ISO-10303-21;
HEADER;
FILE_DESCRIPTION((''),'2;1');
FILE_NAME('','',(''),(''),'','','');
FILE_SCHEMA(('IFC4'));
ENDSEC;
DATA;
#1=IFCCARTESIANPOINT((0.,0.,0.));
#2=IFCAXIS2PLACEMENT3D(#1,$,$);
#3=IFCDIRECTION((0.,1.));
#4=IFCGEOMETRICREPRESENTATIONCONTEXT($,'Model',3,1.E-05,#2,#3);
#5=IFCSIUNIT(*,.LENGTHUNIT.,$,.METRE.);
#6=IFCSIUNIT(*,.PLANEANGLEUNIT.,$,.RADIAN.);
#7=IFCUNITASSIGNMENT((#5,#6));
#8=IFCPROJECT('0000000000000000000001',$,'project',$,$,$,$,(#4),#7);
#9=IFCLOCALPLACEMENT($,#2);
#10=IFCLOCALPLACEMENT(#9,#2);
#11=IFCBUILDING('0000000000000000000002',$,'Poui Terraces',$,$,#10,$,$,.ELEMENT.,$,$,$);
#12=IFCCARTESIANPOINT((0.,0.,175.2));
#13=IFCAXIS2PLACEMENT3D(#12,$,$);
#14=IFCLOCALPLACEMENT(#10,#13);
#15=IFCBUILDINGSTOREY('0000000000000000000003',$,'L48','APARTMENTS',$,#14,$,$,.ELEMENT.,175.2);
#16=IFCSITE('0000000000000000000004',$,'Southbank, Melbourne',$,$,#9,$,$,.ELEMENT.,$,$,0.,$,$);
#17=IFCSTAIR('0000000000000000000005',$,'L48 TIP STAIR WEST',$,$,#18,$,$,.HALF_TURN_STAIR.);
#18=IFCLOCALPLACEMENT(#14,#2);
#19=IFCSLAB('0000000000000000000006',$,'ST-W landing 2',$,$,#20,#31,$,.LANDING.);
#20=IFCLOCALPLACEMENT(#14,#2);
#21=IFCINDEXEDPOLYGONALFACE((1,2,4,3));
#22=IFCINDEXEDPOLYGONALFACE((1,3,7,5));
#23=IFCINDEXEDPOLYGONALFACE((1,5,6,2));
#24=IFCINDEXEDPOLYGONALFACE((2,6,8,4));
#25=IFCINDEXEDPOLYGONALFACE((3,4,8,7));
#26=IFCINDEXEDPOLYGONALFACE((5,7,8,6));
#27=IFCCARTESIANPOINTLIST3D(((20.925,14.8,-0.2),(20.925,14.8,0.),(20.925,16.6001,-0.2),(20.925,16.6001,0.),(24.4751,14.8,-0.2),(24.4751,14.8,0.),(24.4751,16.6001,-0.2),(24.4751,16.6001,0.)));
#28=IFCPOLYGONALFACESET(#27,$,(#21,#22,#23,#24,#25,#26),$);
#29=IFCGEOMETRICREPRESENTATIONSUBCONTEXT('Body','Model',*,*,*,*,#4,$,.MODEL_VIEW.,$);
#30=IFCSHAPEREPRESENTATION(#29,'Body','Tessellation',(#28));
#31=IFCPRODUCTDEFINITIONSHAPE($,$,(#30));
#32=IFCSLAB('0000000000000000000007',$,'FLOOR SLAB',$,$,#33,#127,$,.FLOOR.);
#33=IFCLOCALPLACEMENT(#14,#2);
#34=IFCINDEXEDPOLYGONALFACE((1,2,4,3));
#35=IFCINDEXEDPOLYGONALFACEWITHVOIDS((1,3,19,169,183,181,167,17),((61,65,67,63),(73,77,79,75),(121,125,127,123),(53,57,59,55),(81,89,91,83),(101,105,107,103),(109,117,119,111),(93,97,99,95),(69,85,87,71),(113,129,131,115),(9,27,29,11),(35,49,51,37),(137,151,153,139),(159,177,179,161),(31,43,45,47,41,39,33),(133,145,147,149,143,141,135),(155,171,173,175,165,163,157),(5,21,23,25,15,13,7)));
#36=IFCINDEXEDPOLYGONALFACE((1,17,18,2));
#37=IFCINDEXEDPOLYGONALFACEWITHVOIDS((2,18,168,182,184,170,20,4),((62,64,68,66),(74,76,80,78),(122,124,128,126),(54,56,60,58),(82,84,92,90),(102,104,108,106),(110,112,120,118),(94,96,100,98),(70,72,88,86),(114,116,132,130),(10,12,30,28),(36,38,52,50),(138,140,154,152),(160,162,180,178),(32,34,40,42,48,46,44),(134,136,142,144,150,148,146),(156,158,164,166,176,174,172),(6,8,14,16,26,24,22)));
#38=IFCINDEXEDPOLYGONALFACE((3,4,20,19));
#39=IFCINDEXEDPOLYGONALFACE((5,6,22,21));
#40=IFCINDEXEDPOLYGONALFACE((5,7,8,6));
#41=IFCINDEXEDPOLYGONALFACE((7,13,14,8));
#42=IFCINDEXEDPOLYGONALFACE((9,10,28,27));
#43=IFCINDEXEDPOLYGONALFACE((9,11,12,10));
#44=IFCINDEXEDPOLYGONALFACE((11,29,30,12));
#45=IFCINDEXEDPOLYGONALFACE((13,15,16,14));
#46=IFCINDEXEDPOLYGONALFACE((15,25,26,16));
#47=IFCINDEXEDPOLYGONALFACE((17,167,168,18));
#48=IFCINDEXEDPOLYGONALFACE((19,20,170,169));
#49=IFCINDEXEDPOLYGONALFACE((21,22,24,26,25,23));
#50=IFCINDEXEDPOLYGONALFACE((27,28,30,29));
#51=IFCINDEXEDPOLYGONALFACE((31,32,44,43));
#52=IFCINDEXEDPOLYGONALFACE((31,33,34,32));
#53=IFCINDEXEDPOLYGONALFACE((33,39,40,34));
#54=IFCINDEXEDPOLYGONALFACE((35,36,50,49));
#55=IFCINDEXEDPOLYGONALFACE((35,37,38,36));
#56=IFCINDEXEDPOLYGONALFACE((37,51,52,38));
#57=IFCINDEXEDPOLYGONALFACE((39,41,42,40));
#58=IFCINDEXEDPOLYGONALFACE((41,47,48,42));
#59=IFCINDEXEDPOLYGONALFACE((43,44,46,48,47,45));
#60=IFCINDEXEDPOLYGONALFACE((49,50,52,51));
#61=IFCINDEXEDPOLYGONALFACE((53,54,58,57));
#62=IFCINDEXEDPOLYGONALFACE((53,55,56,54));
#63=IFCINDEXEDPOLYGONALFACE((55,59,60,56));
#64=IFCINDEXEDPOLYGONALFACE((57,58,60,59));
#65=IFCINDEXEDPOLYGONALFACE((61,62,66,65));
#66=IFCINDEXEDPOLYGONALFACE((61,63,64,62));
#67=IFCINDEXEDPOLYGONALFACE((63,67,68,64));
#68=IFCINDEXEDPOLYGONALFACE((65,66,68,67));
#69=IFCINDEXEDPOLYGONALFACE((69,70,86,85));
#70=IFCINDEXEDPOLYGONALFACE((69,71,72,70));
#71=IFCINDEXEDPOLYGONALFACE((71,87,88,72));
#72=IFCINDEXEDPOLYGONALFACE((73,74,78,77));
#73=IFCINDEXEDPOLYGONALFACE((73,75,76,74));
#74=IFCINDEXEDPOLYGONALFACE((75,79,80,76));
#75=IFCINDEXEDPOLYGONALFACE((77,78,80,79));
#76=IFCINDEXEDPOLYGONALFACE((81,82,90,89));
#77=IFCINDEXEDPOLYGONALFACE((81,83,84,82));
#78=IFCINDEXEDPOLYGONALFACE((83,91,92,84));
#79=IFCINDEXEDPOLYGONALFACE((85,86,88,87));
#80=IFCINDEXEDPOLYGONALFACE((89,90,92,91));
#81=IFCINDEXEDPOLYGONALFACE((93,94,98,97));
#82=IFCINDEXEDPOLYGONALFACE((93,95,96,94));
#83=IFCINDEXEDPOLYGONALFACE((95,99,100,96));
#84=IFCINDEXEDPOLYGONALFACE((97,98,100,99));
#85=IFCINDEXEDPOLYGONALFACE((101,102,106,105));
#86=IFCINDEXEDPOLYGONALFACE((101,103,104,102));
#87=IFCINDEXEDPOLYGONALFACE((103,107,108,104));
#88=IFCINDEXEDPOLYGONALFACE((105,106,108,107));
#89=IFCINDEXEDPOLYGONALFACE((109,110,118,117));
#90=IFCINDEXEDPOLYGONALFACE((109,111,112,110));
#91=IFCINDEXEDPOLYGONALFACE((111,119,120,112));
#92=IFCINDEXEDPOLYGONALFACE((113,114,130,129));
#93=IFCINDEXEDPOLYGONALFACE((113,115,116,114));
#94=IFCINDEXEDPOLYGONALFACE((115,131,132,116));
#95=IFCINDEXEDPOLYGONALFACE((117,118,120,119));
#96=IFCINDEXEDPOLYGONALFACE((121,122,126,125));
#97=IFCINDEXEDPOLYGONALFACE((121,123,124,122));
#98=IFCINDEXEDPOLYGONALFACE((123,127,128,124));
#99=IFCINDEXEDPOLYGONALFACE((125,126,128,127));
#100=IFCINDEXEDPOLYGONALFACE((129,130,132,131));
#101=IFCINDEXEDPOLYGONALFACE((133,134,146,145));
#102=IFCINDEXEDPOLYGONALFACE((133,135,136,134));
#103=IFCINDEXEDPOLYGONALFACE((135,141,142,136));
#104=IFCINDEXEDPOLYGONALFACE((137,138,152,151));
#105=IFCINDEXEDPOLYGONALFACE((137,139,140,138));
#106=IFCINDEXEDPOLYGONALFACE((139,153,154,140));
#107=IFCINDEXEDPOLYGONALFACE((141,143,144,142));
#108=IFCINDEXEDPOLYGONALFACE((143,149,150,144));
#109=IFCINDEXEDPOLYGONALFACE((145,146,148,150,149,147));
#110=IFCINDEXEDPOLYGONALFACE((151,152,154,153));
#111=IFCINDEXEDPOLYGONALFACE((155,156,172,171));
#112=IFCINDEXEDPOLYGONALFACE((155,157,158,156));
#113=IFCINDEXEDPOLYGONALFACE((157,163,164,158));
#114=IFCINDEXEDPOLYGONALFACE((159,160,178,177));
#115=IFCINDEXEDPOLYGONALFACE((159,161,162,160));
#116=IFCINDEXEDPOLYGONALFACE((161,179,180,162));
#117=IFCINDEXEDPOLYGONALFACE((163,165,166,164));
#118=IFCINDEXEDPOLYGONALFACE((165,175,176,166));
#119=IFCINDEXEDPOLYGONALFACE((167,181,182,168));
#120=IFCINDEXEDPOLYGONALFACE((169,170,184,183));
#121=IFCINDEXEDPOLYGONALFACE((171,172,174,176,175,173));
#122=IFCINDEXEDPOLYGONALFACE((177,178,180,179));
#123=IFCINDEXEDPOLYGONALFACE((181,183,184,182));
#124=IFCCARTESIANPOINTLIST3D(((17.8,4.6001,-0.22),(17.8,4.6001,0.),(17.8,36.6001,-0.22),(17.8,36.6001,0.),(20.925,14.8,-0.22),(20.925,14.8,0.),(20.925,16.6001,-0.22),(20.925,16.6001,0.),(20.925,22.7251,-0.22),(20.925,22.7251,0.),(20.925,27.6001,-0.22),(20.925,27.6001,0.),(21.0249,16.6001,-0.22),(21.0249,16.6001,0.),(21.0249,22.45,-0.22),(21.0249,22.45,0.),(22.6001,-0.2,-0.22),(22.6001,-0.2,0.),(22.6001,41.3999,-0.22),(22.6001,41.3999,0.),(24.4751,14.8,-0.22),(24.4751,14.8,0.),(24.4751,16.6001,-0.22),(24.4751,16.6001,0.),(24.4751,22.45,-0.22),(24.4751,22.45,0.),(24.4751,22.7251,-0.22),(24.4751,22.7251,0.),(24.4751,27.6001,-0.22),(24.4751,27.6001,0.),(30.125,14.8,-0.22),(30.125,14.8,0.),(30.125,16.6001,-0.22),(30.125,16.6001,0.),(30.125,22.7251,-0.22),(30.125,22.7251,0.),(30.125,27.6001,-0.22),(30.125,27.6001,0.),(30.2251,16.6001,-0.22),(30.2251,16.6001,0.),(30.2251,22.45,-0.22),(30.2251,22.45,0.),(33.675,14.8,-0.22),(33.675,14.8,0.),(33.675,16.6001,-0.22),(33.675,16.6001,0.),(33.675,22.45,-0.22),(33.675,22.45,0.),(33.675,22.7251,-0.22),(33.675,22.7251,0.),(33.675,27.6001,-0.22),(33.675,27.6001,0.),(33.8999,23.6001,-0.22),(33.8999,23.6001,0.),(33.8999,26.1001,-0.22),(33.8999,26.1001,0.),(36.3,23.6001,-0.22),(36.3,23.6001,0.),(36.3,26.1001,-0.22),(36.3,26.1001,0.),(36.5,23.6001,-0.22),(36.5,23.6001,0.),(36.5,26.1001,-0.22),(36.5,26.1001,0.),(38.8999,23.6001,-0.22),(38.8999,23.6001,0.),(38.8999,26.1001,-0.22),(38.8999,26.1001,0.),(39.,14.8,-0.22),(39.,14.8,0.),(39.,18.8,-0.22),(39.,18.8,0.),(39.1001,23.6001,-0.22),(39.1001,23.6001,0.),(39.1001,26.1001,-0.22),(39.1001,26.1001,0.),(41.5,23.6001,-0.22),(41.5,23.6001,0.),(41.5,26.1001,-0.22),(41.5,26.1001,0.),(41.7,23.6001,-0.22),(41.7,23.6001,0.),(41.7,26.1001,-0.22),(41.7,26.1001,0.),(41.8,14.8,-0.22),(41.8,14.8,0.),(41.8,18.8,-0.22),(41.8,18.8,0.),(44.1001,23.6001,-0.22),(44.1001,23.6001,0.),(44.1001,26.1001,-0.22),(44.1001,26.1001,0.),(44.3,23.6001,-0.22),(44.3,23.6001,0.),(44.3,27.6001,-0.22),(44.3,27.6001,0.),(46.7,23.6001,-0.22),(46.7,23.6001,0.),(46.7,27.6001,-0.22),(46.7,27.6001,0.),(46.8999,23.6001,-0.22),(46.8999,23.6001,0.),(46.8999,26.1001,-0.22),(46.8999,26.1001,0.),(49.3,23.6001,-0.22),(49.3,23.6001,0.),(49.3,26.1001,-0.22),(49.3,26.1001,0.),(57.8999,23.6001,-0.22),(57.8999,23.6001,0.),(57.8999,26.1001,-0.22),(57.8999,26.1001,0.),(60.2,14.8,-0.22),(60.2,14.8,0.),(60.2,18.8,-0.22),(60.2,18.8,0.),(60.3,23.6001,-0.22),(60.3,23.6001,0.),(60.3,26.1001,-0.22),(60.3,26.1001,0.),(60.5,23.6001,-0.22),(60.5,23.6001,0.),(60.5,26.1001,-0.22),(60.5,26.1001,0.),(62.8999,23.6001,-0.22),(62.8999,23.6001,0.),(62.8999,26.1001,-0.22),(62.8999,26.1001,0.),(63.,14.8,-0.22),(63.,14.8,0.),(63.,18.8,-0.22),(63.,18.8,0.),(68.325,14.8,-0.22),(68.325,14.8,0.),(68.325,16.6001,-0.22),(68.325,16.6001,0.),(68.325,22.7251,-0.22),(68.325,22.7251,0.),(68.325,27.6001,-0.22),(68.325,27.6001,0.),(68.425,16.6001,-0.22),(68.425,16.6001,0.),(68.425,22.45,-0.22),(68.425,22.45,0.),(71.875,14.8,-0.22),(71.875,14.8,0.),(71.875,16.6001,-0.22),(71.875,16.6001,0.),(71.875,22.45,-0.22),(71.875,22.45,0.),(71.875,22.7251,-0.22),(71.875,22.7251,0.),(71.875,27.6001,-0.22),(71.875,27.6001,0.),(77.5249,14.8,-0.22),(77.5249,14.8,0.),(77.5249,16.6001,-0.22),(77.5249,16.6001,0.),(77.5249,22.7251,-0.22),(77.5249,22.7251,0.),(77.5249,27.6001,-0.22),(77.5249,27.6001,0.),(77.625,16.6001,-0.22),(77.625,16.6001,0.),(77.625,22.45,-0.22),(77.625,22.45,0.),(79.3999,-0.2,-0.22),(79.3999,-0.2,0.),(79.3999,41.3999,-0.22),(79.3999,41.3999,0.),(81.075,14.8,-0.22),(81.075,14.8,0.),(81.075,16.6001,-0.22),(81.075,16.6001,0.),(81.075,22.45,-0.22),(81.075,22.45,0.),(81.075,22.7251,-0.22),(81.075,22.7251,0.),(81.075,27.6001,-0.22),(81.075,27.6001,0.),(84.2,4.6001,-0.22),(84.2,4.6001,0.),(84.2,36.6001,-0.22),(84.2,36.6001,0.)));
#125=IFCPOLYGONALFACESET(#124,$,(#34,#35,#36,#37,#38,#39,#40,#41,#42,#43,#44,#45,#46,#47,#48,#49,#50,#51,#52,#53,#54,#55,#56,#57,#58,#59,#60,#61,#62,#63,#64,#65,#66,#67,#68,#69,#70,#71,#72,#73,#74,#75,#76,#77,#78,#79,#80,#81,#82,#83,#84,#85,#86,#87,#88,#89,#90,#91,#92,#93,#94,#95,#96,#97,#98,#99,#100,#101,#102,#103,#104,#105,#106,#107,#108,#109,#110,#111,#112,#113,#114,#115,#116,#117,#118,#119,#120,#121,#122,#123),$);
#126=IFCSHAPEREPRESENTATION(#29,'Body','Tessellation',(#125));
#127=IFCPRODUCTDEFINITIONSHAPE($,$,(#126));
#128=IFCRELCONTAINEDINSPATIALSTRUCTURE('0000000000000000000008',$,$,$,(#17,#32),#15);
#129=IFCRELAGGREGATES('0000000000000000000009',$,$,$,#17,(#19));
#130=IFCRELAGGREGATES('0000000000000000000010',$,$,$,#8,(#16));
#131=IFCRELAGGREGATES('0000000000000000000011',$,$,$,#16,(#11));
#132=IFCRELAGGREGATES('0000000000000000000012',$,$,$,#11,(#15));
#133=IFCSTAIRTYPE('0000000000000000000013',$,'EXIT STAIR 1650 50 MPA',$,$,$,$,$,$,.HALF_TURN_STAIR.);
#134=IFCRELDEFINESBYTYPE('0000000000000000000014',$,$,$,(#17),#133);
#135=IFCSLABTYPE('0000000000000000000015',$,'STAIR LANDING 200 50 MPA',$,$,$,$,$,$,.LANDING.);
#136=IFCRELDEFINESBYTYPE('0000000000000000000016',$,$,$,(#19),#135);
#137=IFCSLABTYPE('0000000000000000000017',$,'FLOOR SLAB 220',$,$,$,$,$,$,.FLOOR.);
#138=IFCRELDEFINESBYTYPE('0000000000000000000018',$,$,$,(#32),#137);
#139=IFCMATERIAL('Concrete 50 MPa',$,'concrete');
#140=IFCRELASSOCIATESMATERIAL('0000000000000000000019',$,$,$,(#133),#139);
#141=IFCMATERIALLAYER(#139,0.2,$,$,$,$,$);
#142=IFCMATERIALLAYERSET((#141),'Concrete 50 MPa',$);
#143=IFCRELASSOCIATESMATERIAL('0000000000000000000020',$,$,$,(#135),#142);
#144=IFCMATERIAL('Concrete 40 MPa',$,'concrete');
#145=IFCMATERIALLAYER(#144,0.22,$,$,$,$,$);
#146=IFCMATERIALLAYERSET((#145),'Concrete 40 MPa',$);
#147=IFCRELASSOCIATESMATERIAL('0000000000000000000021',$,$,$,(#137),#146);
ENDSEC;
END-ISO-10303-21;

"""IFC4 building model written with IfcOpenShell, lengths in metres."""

from ifc_helpers import new_model, si_unit, direction, frame, origin, place, context, subcontext, project, spatial, polyline, outline, extrude, source, transform, mapped, material, layer, layer_set, type_object, element, aggregate, save


model = new_model("IFC4")

# Units and contexts
model_context = context("Model", 3, precision=1e-05, world=origin(), true_north=direction((0.0, 1.0)))
body_context = subcontext(model_context, "Body", "Model", "MODEL_VIEW")
ifc_project = project(units=[si_unit("LENGTHUNIT", "METRE"), si_unit("PLANEANGLEUNIT", "RADIAN")], contexts=[model_context])

# Site, building, storey
site_placement = place(None, origin())
site = spatial("IfcSite", under=ifc_project, at=site_placement, Name="Southbank, Melbourne", CompositionType="ELEMENT", RefElevation=0.0)
building_placement = place(site_placement, origin())
building = spatial("IfcBuilding", under=site, at=building_placement, Name="Poui Terraces", CompositionType="ELEMENT")
storey_placement = place(building_placement, frame((0.0, 0.0, 175.2)))
storey = spatial("IfcBuildingStorey", under=building, at=storey_placement, Name="L48", Description="APARTMENTS", CompositionType="ELEMENT", Elevation=175.2)

# Stair, slab
ifc_material_1 = material(Name="Concrete 50 MPa", Category="concrete")
stair_type = type_object("IfcStairType", Name="EXIT STAIR 1650 50 MPA", PredefinedType="HALF_TURN_STAIR", material=ifc_material_1)
stair_placement = place(storey_placement, origin())
stair = element("IfcStair", 1, at=stair_placement, inside=storey, type_object=stair_type, Name="L48 TIP STAIR WEST", PredefinedType="HALF_TURN_STAIR")
ifc_layer_1 = layer(ifc_material_1, 0.2)
ifc_layer_set_1 = layer_set([ifc_layer_1], Name="Concrete 50 MPa")
slab_type_1 = type_object("IfcSlabType", Name="STAIR LANDING 200 50 MPA", PredefinedType="LANDING", material=ifc_layer_set_1)
slab_1_placement = place(storey_placement, frame((0.0, 0.0, -0.2)))
slab_1 = element("IfcSlab", 2, at=slab_1_placement, type_object=slab_type_1, Name="ST-W landing 2", PredefinedType="LANDING", context=body_context, shape_type="SweptSolid", body=[
    extrude(outline(polyline([(20.925, 14.8), (24.4751, 14.8), (24.4751, 16.6001), (20.925, 16.6001), (20.925, 14.8)])), origin(), (0.0, 0.0, 1.0), 0.2),
])
aggregate(stair, [slab_1])

# Slab
ifc_material_2 = material(Name="Concrete 40 MPa", Category="concrete")
ifc_layer_2 = layer(ifc_material_2, 0.22)
ifc_layer_set_2 = layer_set([ifc_layer_2], Name="Concrete 40 MPa")
slab_type_2 = type_object("IfcSlabType", Name="FLOOR SLAB 220", PredefinedType="FLOOR", material=ifc_layer_set_2)
shared_shape = source(origin(), body_context, "Body", "SweptSolid", [
    extrude(outline(polyline([(0.0, 0.0), (4.8, -4.8), (61.5999, -4.8), (66.3999, 0.0), (66.3999, 32.0), (61.5999, 36.7998), (4.8, 36.7998), (0.0, 32.0), (0.0, 0.0)]), holes=[polyline([(21.2, 10.2), (21.2, 14.2), (24.0, 14.2), (24.0, 10.2), (21.2, 10.2)]), polyline([(3.2249, 17.8499), (6.675, 17.8499), (6.675, 12.0), (6.675, 10.2), (3.125, 10.2), (3.125, 12.0), (3.2249, 12.0), (3.2249, 17.8499)]), polyline([(12.425, 17.8499), (15.875, 17.8499), (15.875, 12.0), (15.875, 10.2), (12.325, 10.2), (12.325, 12.0), (12.425, 12.0), (12.425, 17.8499)]), polyline([(16.0999, 19.0), (16.0999, 21.5), (18.5, 21.5), (18.5, 19.0), (16.0999, 19.0)]), polyline([(18.7, 19.0), (18.7, 21.5), (21.0999, 21.5), (21.0999, 19.0), (18.7, 19.0)]), polyline([(21.3, 19.0), (21.3, 21.5), (23.7, 21.5), (23.7, 19.0), (21.3, 19.0)]), polyline([(23.8999, 19.0), (23.8999, 21.5), (26.3, 21.5), (26.3, 19.0), (23.8999, 19.0)]), polyline([(3.125, 23.0), (6.675, 23.0), (6.675, 18.125), (3.125, 18.125), (3.125, 23.0)]), polyline([(12.325, 23.0), (15.875, 23.0), (15.875, 18.125), (12.325, 18.125), (12.325, 23.0)]), polyline([(42.3999, 10.2), (42.3999, 14.2), (45.2, 14.2), (45.2, 10.2), (42.3999, 10.2)]), polyline([(50.625, 17.8499), (54.075, 17.8499), (54.075, 12.0), (54.075, 10.2), (50.5249, 10.2), (50.5249, 12.0), (50.625, 12.0), (50.625, 17.8499)]), polyline([(59.825, 17.8499), (63.2749, 17.8499), (63.2749, 12.0), (63.2749, 10.2), (59.7249, 10.2), (59.7249, 12.0), (59.825, 12.0), (59.825, 17.8499)]), polyline([(29.0999, 19.0), (29.0999, 21.5), (31.5, 21.5), (31.5, 19.0), (29.0999, 19.0)]), polyline([(40.0999, 19.0), (40.0999, 21.5), (42.5, 21.5), (42.5, 19.0), (40.0999, 19.0)]), polyline([(42.7, 19.0), (42.7, 21.5), (45.0999, 21.5), (45.0999, 19.0), (42.7, 19.0)]), polyline([(50.5249, 18.125), (50.5249, 23.0), (54.075, 23.0), (54.075, 18.125), (50.5249, 18.125)]), polyline([(59.7249, 23.0), (63.2749, 23.0), (63.2749, 18.125), (59.7249, 18.125), (59.7249, 23.0)]), polyline([(26.5, 23.0), (28.8999, 23.0), (28.8999, 19.0), (26.5, 19.0), (26.5, 23.0)])]), origin(), (0.0, 0.0, 1.0), 0.22),
])
slab_2_placement = place(storey_placement, frame((17.8, 4.6001, -0.22)))
element("IfcSlab", 3, at=slab_2_placement, inside=storey, type_object=slab_type_2, Name="FLOOR SLAB", PredefinedType="FLOOR", context=body_context, shape_type="MappedRepresentation", body=[
    mapped(shared_shape, transform((0.0, 0.0, 0.0))),
])

save(model, "model.ifc")
